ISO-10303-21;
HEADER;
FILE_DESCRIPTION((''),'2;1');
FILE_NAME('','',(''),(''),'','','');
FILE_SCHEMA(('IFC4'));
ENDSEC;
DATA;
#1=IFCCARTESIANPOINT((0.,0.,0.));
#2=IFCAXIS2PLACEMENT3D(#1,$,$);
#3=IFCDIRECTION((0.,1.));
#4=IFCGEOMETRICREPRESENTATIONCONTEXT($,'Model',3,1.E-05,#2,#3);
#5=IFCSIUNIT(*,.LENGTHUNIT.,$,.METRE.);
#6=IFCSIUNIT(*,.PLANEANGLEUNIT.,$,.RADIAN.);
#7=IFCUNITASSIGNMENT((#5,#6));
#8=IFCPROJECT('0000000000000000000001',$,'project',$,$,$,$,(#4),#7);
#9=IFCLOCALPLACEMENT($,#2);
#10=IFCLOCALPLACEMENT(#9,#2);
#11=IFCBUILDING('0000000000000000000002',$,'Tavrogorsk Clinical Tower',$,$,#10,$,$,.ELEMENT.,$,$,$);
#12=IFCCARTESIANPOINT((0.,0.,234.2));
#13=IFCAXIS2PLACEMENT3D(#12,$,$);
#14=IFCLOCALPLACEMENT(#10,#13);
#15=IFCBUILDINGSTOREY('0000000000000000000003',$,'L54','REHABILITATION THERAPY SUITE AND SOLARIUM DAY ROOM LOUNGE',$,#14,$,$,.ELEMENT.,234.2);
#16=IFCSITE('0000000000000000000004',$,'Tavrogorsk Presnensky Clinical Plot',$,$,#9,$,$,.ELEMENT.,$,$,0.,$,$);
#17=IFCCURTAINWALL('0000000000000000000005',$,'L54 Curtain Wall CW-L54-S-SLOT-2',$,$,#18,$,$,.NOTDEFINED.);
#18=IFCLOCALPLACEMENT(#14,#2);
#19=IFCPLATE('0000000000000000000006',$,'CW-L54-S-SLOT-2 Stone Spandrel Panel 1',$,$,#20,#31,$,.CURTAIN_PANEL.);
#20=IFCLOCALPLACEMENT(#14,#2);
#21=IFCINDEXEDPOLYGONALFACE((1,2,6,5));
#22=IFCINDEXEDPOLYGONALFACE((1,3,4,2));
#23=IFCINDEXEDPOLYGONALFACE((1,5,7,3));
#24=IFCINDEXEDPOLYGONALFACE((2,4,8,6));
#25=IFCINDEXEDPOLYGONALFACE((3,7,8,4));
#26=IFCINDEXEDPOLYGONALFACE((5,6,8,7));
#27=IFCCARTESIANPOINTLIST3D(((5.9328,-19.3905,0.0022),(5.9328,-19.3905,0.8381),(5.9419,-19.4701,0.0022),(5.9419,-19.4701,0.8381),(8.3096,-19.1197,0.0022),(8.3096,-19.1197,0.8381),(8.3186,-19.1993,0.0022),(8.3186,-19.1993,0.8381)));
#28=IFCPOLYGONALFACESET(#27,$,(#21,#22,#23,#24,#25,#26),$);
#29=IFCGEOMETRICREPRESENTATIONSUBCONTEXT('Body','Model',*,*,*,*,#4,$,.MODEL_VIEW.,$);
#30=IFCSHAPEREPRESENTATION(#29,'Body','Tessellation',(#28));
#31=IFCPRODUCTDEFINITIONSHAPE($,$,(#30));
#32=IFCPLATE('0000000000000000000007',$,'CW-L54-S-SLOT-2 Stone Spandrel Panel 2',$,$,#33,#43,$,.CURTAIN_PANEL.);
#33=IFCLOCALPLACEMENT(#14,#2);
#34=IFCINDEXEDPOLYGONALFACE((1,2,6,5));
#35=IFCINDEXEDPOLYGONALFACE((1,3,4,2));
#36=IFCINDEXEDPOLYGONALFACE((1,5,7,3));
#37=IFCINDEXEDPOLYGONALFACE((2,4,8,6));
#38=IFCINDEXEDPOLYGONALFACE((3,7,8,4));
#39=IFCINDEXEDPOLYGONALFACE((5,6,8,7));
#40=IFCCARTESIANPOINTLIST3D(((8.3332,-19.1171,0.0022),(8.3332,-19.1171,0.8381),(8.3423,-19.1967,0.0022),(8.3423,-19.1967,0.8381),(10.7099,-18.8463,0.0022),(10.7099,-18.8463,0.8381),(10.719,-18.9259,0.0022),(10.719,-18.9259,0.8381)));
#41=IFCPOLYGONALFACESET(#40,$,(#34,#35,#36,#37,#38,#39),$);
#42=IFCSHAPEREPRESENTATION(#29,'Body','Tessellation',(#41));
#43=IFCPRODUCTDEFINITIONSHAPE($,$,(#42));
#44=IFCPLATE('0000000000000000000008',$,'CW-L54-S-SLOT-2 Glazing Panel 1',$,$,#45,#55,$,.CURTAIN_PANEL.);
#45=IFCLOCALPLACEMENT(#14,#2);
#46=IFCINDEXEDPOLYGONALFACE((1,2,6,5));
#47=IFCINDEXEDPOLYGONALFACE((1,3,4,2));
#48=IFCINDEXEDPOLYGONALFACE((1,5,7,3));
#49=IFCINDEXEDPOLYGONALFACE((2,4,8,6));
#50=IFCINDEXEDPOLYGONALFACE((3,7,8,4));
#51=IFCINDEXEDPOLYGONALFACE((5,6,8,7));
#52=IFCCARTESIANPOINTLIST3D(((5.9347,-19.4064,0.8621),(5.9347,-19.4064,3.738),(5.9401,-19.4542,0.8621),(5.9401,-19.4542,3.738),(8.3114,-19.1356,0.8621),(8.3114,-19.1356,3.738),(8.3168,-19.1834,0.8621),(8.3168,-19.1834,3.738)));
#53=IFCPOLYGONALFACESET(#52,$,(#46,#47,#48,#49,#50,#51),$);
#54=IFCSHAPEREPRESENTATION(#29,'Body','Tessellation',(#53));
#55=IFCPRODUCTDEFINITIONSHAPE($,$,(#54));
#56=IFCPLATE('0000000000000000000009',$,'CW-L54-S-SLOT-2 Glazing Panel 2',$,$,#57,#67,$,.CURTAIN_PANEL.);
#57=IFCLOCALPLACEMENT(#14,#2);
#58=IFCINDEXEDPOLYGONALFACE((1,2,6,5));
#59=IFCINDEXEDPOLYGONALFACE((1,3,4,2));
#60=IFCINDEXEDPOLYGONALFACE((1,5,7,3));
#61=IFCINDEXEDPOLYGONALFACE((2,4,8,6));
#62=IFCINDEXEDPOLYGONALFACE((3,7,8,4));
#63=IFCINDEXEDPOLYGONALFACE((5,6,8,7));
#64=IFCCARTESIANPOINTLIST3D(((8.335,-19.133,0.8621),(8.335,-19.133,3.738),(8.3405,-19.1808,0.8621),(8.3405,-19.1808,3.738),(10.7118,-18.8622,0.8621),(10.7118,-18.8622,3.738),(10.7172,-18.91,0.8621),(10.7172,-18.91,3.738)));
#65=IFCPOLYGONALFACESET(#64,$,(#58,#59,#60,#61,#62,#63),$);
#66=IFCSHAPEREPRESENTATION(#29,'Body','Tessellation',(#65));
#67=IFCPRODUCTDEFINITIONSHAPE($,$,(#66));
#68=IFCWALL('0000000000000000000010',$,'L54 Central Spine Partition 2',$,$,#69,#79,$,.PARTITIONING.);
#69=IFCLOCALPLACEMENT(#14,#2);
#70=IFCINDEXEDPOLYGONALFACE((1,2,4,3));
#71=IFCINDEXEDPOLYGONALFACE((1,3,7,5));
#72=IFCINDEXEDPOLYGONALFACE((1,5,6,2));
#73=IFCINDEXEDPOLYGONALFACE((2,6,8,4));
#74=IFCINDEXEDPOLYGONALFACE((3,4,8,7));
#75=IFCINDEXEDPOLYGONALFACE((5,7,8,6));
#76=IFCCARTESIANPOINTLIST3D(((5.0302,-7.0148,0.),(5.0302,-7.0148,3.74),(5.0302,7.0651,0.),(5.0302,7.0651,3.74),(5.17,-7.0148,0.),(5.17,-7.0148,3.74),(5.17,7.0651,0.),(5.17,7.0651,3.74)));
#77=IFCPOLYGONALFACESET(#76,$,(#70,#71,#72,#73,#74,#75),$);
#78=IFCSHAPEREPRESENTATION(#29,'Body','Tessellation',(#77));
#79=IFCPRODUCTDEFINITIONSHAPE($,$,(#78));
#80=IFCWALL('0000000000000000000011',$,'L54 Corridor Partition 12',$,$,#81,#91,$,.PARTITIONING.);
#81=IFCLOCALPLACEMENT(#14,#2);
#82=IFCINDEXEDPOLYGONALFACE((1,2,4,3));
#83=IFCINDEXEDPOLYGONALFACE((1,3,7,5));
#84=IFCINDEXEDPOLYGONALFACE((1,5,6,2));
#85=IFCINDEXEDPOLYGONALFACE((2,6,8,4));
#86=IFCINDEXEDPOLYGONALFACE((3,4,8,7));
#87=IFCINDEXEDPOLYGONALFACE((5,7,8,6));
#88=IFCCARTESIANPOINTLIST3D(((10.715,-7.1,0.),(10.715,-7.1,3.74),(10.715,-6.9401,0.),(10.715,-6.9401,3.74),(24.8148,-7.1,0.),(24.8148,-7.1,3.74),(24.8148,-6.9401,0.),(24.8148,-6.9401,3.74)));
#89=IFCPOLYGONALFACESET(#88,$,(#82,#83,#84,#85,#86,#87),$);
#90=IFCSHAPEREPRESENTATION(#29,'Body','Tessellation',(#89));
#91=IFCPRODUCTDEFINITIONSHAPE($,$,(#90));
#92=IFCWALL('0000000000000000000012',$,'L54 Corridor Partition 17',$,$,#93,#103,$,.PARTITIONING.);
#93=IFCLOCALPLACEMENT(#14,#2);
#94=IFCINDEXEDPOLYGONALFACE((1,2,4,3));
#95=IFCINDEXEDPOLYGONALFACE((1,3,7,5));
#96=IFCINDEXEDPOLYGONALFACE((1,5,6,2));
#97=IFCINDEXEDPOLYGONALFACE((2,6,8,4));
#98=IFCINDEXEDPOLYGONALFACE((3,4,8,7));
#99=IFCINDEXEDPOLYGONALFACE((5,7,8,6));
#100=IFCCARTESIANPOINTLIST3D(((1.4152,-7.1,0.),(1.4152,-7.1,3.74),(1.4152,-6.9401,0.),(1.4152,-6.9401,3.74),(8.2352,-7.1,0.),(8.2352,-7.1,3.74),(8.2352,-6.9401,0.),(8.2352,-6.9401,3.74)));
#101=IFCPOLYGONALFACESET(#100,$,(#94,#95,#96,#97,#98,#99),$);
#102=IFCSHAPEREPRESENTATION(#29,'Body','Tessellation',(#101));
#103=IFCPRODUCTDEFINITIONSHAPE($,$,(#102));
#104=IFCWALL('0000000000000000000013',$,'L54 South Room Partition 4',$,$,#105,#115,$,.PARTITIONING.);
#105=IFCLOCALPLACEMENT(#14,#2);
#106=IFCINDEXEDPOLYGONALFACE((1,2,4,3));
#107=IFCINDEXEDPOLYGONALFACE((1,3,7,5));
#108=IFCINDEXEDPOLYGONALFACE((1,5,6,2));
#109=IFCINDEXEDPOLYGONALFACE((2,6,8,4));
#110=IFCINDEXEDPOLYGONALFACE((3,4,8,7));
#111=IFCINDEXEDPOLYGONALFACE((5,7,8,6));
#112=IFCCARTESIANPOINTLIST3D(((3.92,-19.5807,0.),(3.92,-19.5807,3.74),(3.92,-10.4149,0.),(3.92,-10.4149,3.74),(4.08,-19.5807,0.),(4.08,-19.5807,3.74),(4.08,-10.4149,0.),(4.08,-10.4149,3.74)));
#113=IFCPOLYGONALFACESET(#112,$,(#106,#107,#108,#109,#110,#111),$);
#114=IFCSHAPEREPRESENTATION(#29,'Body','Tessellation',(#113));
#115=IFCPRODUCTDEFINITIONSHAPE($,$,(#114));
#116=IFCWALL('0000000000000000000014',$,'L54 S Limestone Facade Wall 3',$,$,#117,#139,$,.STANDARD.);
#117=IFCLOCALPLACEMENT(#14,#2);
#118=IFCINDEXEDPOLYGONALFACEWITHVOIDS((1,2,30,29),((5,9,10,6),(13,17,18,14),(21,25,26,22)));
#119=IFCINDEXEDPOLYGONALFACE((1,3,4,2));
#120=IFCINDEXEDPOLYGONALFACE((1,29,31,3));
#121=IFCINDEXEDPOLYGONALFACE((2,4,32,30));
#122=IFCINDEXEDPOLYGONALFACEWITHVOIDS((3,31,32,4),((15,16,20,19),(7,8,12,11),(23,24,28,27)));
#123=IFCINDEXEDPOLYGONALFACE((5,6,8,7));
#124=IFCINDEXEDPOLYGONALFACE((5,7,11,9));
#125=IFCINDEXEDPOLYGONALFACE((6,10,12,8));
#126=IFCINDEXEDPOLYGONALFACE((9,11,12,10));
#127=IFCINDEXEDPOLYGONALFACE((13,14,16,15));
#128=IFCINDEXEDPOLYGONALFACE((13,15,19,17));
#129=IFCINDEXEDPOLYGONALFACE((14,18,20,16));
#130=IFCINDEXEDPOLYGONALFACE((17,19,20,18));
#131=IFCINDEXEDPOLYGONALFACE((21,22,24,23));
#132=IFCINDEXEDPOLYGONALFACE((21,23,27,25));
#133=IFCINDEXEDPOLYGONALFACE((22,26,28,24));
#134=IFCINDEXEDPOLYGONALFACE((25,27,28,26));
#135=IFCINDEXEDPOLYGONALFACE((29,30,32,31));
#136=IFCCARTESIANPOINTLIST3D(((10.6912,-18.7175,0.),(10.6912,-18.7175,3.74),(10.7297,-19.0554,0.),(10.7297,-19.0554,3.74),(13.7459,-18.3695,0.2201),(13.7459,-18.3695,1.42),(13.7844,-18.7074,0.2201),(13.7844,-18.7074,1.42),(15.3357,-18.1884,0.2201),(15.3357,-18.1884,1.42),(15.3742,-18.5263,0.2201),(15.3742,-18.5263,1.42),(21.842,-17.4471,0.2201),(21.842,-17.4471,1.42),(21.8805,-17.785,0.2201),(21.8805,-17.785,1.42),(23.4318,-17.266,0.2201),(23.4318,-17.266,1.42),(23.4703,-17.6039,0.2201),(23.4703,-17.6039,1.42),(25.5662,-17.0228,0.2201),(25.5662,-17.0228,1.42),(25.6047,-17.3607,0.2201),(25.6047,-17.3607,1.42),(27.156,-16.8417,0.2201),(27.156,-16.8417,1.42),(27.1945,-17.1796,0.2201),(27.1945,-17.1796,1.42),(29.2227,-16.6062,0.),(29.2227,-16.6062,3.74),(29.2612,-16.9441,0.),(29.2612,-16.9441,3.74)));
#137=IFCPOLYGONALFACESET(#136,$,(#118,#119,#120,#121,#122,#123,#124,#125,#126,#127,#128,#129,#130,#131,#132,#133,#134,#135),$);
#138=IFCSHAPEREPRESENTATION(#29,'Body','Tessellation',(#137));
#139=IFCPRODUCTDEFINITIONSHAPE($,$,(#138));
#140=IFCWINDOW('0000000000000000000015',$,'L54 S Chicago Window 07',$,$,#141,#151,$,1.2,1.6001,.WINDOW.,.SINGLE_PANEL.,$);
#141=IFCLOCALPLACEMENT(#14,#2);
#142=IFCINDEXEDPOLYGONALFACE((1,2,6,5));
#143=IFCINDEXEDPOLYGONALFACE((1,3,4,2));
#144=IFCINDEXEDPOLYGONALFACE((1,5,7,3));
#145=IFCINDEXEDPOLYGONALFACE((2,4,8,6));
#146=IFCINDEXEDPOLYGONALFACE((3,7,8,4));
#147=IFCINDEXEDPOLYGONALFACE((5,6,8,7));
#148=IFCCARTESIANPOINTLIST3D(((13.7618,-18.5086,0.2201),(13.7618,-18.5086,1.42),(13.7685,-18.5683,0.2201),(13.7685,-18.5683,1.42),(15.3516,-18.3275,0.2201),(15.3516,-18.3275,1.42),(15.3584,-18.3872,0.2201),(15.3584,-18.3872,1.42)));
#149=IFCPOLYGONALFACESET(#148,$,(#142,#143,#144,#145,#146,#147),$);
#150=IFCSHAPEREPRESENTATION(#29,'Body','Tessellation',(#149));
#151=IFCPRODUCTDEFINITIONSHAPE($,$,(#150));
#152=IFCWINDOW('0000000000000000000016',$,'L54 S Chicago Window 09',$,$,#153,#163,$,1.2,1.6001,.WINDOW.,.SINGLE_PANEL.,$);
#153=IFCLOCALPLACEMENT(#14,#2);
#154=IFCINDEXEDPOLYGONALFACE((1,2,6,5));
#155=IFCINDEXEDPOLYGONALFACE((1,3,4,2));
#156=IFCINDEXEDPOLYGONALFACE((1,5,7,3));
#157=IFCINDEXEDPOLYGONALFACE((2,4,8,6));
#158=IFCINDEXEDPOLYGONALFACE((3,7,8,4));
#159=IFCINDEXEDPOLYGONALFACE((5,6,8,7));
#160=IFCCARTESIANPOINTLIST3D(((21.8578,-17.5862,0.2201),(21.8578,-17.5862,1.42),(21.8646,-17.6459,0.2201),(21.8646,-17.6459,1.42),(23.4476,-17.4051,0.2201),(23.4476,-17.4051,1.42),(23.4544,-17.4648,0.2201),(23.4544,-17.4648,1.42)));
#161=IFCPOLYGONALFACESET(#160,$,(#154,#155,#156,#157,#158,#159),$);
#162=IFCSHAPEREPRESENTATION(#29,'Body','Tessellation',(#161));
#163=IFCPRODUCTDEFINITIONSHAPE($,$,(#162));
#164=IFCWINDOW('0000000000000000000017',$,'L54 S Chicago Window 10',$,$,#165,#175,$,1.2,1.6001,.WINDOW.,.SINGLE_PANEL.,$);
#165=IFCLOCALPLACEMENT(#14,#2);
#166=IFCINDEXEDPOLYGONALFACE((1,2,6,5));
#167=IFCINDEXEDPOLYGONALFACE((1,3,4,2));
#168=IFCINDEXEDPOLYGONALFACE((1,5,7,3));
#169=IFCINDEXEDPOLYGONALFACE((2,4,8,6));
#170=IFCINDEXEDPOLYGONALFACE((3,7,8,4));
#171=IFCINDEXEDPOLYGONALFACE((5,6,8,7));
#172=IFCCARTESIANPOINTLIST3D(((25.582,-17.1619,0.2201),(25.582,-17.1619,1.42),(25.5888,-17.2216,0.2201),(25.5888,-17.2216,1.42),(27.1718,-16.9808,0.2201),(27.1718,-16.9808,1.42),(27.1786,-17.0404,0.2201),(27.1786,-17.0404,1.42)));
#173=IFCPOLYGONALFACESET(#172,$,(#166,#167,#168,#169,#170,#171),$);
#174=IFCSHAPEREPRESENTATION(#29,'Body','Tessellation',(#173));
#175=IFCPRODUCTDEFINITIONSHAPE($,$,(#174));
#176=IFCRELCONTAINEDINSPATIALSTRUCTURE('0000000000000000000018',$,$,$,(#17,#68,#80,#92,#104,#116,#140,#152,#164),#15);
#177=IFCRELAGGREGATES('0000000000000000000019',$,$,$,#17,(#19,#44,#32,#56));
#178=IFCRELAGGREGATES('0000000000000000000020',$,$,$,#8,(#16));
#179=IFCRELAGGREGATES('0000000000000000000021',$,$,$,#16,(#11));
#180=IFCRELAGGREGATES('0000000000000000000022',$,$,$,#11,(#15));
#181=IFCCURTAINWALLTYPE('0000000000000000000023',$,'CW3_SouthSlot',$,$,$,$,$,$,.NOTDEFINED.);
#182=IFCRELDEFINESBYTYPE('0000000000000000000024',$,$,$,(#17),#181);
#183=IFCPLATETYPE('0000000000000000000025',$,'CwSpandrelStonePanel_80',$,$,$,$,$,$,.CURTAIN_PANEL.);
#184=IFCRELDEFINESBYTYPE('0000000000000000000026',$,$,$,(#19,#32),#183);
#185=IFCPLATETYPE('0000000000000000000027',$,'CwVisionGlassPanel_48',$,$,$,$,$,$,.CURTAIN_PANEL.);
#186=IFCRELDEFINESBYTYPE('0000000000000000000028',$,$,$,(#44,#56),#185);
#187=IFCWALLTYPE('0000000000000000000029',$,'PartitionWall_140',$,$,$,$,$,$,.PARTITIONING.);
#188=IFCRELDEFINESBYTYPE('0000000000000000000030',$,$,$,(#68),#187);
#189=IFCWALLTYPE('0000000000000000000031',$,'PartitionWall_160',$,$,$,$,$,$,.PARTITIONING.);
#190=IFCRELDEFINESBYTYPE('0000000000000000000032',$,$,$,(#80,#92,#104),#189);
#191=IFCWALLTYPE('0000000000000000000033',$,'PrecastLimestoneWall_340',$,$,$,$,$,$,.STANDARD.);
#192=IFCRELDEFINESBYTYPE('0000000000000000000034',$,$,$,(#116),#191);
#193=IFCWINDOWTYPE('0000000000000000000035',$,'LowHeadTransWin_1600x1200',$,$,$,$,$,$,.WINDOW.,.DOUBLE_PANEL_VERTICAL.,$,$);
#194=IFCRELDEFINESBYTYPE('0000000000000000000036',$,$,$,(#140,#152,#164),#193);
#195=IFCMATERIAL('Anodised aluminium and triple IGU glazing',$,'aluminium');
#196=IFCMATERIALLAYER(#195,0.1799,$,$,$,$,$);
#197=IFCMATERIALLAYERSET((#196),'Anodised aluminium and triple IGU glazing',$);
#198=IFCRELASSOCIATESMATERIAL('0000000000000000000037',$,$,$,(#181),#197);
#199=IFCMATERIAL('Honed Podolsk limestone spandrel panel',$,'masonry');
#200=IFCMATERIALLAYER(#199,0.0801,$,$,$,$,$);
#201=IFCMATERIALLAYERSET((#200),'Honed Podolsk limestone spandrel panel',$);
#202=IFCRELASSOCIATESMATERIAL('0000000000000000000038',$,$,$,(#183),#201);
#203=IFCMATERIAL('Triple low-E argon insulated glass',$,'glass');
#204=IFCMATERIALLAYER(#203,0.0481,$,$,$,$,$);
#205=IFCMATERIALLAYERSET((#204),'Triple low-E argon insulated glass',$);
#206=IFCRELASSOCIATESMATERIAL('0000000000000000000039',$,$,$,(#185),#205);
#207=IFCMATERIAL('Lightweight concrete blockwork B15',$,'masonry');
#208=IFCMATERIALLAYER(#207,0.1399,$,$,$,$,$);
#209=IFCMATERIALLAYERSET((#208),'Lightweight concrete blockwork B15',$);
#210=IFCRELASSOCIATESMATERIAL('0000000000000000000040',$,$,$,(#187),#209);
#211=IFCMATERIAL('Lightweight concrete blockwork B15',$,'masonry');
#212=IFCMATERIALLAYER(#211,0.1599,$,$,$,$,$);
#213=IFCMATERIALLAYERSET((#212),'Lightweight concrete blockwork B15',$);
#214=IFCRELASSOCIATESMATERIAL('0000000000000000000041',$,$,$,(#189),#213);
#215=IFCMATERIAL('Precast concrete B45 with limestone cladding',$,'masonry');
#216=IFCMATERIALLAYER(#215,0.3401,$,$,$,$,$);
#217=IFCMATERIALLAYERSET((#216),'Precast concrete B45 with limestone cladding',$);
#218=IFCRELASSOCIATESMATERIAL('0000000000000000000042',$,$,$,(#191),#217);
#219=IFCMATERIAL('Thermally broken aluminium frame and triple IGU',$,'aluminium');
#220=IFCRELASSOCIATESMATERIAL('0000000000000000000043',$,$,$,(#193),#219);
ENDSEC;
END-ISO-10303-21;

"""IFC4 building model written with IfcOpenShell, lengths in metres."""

from ifc_helpers import new_model, si_unit, direction, frame, frame_2d, origin, origin_2d, place, context, subcontext, project, spatial, rectangle, extrude, material, layer, layer_set, type_object, element, fill, aggregate, save


model = new_model("IFC4")

# Units and contexts
model_context = context("Model", 3, precision=1e-05, world=origin(), true_north=direction((0.0, 1.0)))
body_context = subcontext(model_context, "Body", "Model", "MODEL_VIEW")
ifc_project = project(units=[si_unit("LENGTHUNIT", "METRE"), si_unit("PLANEANGLEUNIT", "RADIAN")], contexts=[model_context])

# Site, building, storey
site_placement = place(None, origin())
site = spatial("IfcSite", under=ifc_project, at=site_placement, Name="Tavrogorsk Presnensky Clinical Plot", CompositionType="ELEMENT", RefElevation=0.0)
building_placement = place(site_placement, origin())
building = spatial("IfcBuilding", under=site, at=building_placement, Name="Tavrogorsk Clinical Tower", CompositionType="ELEMENT")
storey_placement = place(building_placement, frame((0.0, 0.0, 234.2)))
storey = spatial("IfcBuildingStorey", under=building, at=storey_placement, Name="L54", Description="REHABILITATION THERAPY SUITE AND SOLARIUM DAY ROOM LOUNGE", CompositionType="ELEMENT", Elevation=234.2)

# Curtain wall
ifc_material_1 = material(Name="Anodised aluminium and triple IGU glazing", Category="aluminium")
ifc_layer_1 = layer(ifc_material_1, 0.1799)
ifc_layer_set_1 = layer_set([ifc_layer_1], Name="Anodised aluminium and triple IGU glazing")
curtain_wall_type = type_object("IfcCurtainWallType", Name="CW3_SouthSlot", PredefinedType="NOTDEFINED", material=ifc_layer_set_1)
curtain_wall_placement = place(storey_placement, origin())
curtain_wall = element("IfcCurtainWall", 1, at=curtain_wall_placement, inside=storey, type_object=curtain_wall_type, Name="L54 Curtain Wall CW-L54-S-SLOT-2", PredefinedType="NOTDEFINED")

# Plates
ifc_material_2 = material(Name="Honed Podolsk limestone spandrel panel", Category="masonry")
ifc_layer_2 = layer(ifc_material_2, 0.0801)
ifc_layer_set_2 = layer_set([ifc_layer_2], Name="Honed Podolsk limestone spandrel panel")
plate_type_1 = type_object("IfcPlateType", Name="CwSpandrelStonePanel_80", PredefinedType="CURTAIN_PANEL", material=ifc_layer_set_2)
plate_1_placement = place(storey_placement, frame((7.1257, -19.2949, 0.0022), z_axis=(0.0, 0.0, 1.0), x_axis=(0.993572, 0.113203, 0.0)))
plate_1 = element("IfcPlate", 2, at=plate_1_placement, type_object=plate_type_1, Name="CW-L54-S-SLOT-2 Stone Spandrel Panel 1", PredefinedType="CURTAIN_PANEL", context=body_context, shape_type="SweptSolid", body=[
    extrude(rectangle(XDim=2.3921, YDim=0.0801, at=origin_2d()), origin(), (0.0, 0.0, 1.0), 0.8359),
])
plate_2_placement = place(storey_placement, frame((9.5261, -19.0215, 0.0022), z_axis=(0.0, 0.0, 1.0), x_axis=(0.993572, 0.113203, 0.0)))
plate_2 = element("IfcPlate", 3, at=plate_2_placement, type_object=plate_type_1, Name="CW-L54-S-SLOT-2 Stone Spandrel Panel 2", PredefinedType="CURTAIN_PANEL", context=body_context, shape_type="SweptSolid", body=[
    extrude(rectangle(XDim=2.3921, YDim=0.0801, at=origin_2d()), origin(), (0.0, 0.0, 1.0), 0.8359),
])
ifc_material_3 = material(Name="Triple low-E argon insulated glass", Category="glass")
ifc_layer_3 = layer(ifc_material_3, 0.0481)
ifc_layer_set_3 = layer_set([ifc_layer_3], Name="Triple low-E argon insulated glass")
plate_type_2 = type_object("IfcPlateType", Name="CwVisionGlassPanel_48", PredefinedType="CURTAIN_PANEL", material=ifc_layer_set_3)
plate_3_placement = place(storey_placement, frame((7.1257, -19.2949, 0.8621), z_axis=(0.0, 0.0, 1.0), x_axis=(0.993572, 0.113203, 0.0)))
plate_3 = element("IfcPlate", 4, at=plate_3_placement, type_object=plate_type_2, Name="CW-L54-S-SLOT-2 Glazing Panel 1", PredefinedType="CURTAIN_PANEL", context=body_context, shape_type="SweptSolid", body=[
    extrude(rectangle(XDim=2.3921, YDim=0.0481, at=origin_2d()), origin(), (0.0, 0.0, 1.0), 2.876),
])
plate_4_placement = place(storey_placement, frame((9.5261, -19.0215, 0.8621), z_axis=(0.0, 0.0, 1.0), x_axis=(0.993572, 0.113203, 0.0)))
plate_4 = element("IfcPlate", 5, at=plate_4_placement, type_object=plate_type_2, Name="CW-L54-S-SLOT-2 Glazing Panel 2", PredefinedType="CURTAIN_PANEL", context=body_context, shape_type="SweptSolid", body=[
    extrude(rectangle(XDim=2.3921, YDim=0.0481, at=origin_2d()), origin(), (0.0, 0.0, 1.0), 2.876),
])
aggregate(curtain_wall, [plate_1, plate_3, plate_2, plate_4])

# Walls
ifc_material_4 = material(Name="Lightweight concrete blockwork B15", Category="masonry")
ifc_layer_4 = layer(ifc_material_4, 0.1399)
ifc_layer_set_4 = layer_set([ifc_layer_4], Name="Lightweight concrete blockwork B15")
wall_type_1 = type_object("IfcWallType", Name="PartitionWall_140", PredefinedType="PARTITIONING", material=ifc_layer_set_4)
wall_1_placement = place(storey_placement, frame((5.1001, -7.0149, 0.0), z_axis=(0.0, 0.0, 1.0), x_axis=(0.0, 1.0, 0.0)))
element("IfcWall", 6, at=wall_1_placement, inside=storey, type_object=wall_type_1, Name="L54 Central Spine Partition 2", PredefinedType="PARTITIONING", context=body_context, shape_type="SweptSolid", body=[
    extrude(rectangle(XDim=14.0798, YDim=0.1399, at=frame_2d((7.04, 0.0))), origin(), (0.0, 0.0, 1.0), 3.74),
])
ifc_material_5 = material(Name="Lightweight concrete blockwork B15", Category="masonry")
ifc_layer_5 = layer(ifc_material_5, 0.1599)
ifc_layer_set_5 = layer_set([ifc_layer_5], Name="Lightweight concrete blockwork B15")
wall_type_2 = type_object("IfcWallType", Name="PartitionWall_160", PredefinedType="PARTITIONING", material=ifc_layer_set_5)
wall_2_placement = place(storey_placement, frame((10.7151, -7.02, 0.0), z_axis=(0.0, 0.0, 1.0), x_axis=(1.0, 0.0, 0.0)))
element("IfcWall", 7, at=wall_2_placement, inside=storey, type_object=wall_type_2, Name="L54 Corridor Partition 12", PredefinedType="PARTITIONING", context=body_context, shape_type="SweptSolid", body=[
    extrude(rectangle(XDim=14.0999, YDim=0.1599, at=frame_2d((7.0498, 0.0))), origin(), (0.0, 0.0, 1.0), 3.74),
])
wall_3_placement = place(storey_placement, frame((1.415, -7.02, 0.0), z_axis=(0.0, 0.0, 1.0), x_axis=(1.0, 0.0, 0.0)))
element("IfcWall", 8, at=wall_3_placement, inside=storey, type_object=wall_type_2, Name="L54 Corridor Partition 17", PredefinedType="PARTITIONING", context=body_context, shape_type="SweptSolid", body=[
    extrude(rectangle(XDim=6.8201, YDim=0.1599, at=frame_2d((3.4102, 0.0))), origin(), (0.0, 0.0, 1.0), 3.74),
])
wall_4_placement = place(storey_placement, frame((4.0, -19.5808, 0.0), z_axis=(0.0, 0.0, 1.0), x_axis=(0.0, 1.0, 0.0)))
element("IfcWall", 9, at=wall_4_placement, inside=storey, type_object=wall_type_2, Name="L54 South Room Partition 4", PredefinedType="PARTITIONING", context=body_context, shape_type="SweptSolid", body=[
    extrude(rectangle(XDim=9.1658, YDim=0.1599, at=frame_2d((4.583, 0.0))), origin(), (0.0, 0.0, 1.0), 3.74),
])

# Wall, openings, windows
ifc_material_6 = material(Name="Precast concrete B45 with limestone cladding", Category="masonry")
ifc_layer_6 = layer(ifc_material_6, 0.3401)
ifc_layer_set_6 = layer_set([ifc_layer_6], Name="Precast concrete B45 with limestone cladding")
wall_type_3 = type_object("IfcWallType", Name="PrecastLimestoneWall_340", PredefinedType="STANDARD", material=ifc_layer_set_6)
wall_5_placement = place(storey_placement, frame((10.7104, -18.8865, 0.0), z_axis=(0.0, 0.0, 1.0), x_axis=(0.993572, 0.1132, 0.0)))
wall_5 = element("IfcWall", 10, at=wall_5_placement, inside=storey, type_object=wall_type_3, Name="L54 S Limestone Facade Wall 3", PredefinedType="STANDARD", context=body_context, shape_type="SweptSolid", body=[
    extrude(rectangle(XDim=18.6514, YDim=0.3401, at=frame_2d((9.3257, 0.0))), origin(), (0.0, 0.0, 1.0), 3.74),
])
opening_1_placement = place(wall_5_placement, frame((3.0745, 0.0, 0.22)))
opening_1 = element("IfcOpeningElement", 11, at=opening_1_placement, cuts=wall_5, PredefinedType="OPENING", context=body_context, shape_type="SweptSolid", body=[
    extrude(rectangle(XDim=1.6001, YDim=1.2, at=frame_2d((0.8, 0.6001))), frame((0.0, 0.1799, 0.0), z_axis=(0.0, -1.0, 0.0), x_axis=(1.0, 0.0, 0.0)), (0.0, 0.0, 1.0), 0.3601),
])
opening_2_placement = place(wall_5_placement, frame((11.2229, 0.0, 0.22)))
opening_2 = element("IfcOpeningElement", 12, at=opening_2_placement, cuts=wall_5, PredefinedType="OPENING", context=body_context, shape_type="SweptSolid", body=[
    extrude(rectangle(XDim=1.6001, YDim=1.2, at=frame_2d((0.8, 0.6001))), frame((0.0, 0.1799, 0.0), z_axis=(0.0, -1.0, 0.0), x_axis=(1.0, 0.0, 0.0)), (0.0, 0.0, 1.0), 0.3601),
])
opening_3_placement = place(wall_5_placement, frame((14.9712, 0.0, 0.22)))
opening_3 = element("IfcOpeningElement", 13, at=opening_3_placement, cuts=wall_5, PredefinedType="OPENING", context=body_context, shape_type="SweptSolid", body=[
    extrude(rectangle(XDim=1.6001, YDim=1.2, at=frame_2d((0.8, 0.6001))), frame((0.0, 0.1799, 0.0), z_axis=(0.0, -1.0, 0.0), x_axis=(1.0, 0.0, 0.0)), (0.0, 0.0, 1.0), 0.3601),
])
ifc_material_7 = material(Name="Thermally broken aluminium frame and triple IGU", Category="aluminium")
window_type = type_object("IfcWindowType", Name="LowHeadTransWin_1600x1200", PartitioningType="DOUBLE_PANEL_VERTICAL", PredefinedType="WINDOW", material=ifc_material_7)
window_1_placement = place(opening_1_placement, origin())
window_1 = element("IfcWindow", 14, at=window_1_placement, inside=storey, type_object=window_type, Name="L54 S Chicago Window 07", OverallHeight=1.2, OverallWidth=1.6001, PartitioningType="SINGLE_PANEL", PredefinedType="WINDOW", context=body_context, shape_type="SweptSolid", body=[
    extrude(rectangle(XDim=1.6001, YDim=1.2, at=frame_2d((0.8, 0.6001))), frame((0.0, 0.03, 0.0), z_axis=(0.0, -1.0, 0.0), x_axis=(1.0, 0.0, 0.0)), (0.0, 0.0, 1.0), 0.0601),
])
fill(opening_1, window_1)
window_2_placement = place(opening_2_placement, origin())
window_2 = element("IfcWindow", 15, at=window_2_placement, inside=storey, type_object=window_type, Name="L54 S Chicago Window 09", OverallHeight=1.2, OverallWidth=1.6001, PartitioningType="SINGLE_PANEL", PredefinedType="WINDOW", context=body_context, shape_type="SweptSolid", body=[
    extrude(rectangle(XDim=1.6001, YDim=1.2, at=frame_2d((0.8, 0.6001))), frame((0.0, 0.03, 0.0), z_axis=(0.0, -1.0, 0.0), x_axis=(1.0, 0.0, 0.0)), (0.0, 0.0, 1.0), 0.0601),
])
fill(opening_2, window_2)
window_3_placement = place(opening_3_placement, origin())
window_3 = element("IfcWindow", 16, at=window_3_placement, inside=storey, type_object=window_type, Name="L54 S Chicago Window 10", OverallHeight=1.2, OverallWidth=1.6001, PartitioningType="SINGLE_PANEL", PredefinedType="WINDOW", context=body_context, shape_type="SweptSolid", body=[
    extrude(rectangle(XDim=1.6001, YDim=1.2, at=frame_2d((0.8, 0.6001))), frame((0.0, 0.03, 0.0), z_axis=(0.0, -1.0, 0.0), x_axis=(1.0, 0.0, 0.0)), (0.0, 0.0, 1.0), 0.0601),
])
fill(opening_3, window_3)

save(model, "model.ifc")
